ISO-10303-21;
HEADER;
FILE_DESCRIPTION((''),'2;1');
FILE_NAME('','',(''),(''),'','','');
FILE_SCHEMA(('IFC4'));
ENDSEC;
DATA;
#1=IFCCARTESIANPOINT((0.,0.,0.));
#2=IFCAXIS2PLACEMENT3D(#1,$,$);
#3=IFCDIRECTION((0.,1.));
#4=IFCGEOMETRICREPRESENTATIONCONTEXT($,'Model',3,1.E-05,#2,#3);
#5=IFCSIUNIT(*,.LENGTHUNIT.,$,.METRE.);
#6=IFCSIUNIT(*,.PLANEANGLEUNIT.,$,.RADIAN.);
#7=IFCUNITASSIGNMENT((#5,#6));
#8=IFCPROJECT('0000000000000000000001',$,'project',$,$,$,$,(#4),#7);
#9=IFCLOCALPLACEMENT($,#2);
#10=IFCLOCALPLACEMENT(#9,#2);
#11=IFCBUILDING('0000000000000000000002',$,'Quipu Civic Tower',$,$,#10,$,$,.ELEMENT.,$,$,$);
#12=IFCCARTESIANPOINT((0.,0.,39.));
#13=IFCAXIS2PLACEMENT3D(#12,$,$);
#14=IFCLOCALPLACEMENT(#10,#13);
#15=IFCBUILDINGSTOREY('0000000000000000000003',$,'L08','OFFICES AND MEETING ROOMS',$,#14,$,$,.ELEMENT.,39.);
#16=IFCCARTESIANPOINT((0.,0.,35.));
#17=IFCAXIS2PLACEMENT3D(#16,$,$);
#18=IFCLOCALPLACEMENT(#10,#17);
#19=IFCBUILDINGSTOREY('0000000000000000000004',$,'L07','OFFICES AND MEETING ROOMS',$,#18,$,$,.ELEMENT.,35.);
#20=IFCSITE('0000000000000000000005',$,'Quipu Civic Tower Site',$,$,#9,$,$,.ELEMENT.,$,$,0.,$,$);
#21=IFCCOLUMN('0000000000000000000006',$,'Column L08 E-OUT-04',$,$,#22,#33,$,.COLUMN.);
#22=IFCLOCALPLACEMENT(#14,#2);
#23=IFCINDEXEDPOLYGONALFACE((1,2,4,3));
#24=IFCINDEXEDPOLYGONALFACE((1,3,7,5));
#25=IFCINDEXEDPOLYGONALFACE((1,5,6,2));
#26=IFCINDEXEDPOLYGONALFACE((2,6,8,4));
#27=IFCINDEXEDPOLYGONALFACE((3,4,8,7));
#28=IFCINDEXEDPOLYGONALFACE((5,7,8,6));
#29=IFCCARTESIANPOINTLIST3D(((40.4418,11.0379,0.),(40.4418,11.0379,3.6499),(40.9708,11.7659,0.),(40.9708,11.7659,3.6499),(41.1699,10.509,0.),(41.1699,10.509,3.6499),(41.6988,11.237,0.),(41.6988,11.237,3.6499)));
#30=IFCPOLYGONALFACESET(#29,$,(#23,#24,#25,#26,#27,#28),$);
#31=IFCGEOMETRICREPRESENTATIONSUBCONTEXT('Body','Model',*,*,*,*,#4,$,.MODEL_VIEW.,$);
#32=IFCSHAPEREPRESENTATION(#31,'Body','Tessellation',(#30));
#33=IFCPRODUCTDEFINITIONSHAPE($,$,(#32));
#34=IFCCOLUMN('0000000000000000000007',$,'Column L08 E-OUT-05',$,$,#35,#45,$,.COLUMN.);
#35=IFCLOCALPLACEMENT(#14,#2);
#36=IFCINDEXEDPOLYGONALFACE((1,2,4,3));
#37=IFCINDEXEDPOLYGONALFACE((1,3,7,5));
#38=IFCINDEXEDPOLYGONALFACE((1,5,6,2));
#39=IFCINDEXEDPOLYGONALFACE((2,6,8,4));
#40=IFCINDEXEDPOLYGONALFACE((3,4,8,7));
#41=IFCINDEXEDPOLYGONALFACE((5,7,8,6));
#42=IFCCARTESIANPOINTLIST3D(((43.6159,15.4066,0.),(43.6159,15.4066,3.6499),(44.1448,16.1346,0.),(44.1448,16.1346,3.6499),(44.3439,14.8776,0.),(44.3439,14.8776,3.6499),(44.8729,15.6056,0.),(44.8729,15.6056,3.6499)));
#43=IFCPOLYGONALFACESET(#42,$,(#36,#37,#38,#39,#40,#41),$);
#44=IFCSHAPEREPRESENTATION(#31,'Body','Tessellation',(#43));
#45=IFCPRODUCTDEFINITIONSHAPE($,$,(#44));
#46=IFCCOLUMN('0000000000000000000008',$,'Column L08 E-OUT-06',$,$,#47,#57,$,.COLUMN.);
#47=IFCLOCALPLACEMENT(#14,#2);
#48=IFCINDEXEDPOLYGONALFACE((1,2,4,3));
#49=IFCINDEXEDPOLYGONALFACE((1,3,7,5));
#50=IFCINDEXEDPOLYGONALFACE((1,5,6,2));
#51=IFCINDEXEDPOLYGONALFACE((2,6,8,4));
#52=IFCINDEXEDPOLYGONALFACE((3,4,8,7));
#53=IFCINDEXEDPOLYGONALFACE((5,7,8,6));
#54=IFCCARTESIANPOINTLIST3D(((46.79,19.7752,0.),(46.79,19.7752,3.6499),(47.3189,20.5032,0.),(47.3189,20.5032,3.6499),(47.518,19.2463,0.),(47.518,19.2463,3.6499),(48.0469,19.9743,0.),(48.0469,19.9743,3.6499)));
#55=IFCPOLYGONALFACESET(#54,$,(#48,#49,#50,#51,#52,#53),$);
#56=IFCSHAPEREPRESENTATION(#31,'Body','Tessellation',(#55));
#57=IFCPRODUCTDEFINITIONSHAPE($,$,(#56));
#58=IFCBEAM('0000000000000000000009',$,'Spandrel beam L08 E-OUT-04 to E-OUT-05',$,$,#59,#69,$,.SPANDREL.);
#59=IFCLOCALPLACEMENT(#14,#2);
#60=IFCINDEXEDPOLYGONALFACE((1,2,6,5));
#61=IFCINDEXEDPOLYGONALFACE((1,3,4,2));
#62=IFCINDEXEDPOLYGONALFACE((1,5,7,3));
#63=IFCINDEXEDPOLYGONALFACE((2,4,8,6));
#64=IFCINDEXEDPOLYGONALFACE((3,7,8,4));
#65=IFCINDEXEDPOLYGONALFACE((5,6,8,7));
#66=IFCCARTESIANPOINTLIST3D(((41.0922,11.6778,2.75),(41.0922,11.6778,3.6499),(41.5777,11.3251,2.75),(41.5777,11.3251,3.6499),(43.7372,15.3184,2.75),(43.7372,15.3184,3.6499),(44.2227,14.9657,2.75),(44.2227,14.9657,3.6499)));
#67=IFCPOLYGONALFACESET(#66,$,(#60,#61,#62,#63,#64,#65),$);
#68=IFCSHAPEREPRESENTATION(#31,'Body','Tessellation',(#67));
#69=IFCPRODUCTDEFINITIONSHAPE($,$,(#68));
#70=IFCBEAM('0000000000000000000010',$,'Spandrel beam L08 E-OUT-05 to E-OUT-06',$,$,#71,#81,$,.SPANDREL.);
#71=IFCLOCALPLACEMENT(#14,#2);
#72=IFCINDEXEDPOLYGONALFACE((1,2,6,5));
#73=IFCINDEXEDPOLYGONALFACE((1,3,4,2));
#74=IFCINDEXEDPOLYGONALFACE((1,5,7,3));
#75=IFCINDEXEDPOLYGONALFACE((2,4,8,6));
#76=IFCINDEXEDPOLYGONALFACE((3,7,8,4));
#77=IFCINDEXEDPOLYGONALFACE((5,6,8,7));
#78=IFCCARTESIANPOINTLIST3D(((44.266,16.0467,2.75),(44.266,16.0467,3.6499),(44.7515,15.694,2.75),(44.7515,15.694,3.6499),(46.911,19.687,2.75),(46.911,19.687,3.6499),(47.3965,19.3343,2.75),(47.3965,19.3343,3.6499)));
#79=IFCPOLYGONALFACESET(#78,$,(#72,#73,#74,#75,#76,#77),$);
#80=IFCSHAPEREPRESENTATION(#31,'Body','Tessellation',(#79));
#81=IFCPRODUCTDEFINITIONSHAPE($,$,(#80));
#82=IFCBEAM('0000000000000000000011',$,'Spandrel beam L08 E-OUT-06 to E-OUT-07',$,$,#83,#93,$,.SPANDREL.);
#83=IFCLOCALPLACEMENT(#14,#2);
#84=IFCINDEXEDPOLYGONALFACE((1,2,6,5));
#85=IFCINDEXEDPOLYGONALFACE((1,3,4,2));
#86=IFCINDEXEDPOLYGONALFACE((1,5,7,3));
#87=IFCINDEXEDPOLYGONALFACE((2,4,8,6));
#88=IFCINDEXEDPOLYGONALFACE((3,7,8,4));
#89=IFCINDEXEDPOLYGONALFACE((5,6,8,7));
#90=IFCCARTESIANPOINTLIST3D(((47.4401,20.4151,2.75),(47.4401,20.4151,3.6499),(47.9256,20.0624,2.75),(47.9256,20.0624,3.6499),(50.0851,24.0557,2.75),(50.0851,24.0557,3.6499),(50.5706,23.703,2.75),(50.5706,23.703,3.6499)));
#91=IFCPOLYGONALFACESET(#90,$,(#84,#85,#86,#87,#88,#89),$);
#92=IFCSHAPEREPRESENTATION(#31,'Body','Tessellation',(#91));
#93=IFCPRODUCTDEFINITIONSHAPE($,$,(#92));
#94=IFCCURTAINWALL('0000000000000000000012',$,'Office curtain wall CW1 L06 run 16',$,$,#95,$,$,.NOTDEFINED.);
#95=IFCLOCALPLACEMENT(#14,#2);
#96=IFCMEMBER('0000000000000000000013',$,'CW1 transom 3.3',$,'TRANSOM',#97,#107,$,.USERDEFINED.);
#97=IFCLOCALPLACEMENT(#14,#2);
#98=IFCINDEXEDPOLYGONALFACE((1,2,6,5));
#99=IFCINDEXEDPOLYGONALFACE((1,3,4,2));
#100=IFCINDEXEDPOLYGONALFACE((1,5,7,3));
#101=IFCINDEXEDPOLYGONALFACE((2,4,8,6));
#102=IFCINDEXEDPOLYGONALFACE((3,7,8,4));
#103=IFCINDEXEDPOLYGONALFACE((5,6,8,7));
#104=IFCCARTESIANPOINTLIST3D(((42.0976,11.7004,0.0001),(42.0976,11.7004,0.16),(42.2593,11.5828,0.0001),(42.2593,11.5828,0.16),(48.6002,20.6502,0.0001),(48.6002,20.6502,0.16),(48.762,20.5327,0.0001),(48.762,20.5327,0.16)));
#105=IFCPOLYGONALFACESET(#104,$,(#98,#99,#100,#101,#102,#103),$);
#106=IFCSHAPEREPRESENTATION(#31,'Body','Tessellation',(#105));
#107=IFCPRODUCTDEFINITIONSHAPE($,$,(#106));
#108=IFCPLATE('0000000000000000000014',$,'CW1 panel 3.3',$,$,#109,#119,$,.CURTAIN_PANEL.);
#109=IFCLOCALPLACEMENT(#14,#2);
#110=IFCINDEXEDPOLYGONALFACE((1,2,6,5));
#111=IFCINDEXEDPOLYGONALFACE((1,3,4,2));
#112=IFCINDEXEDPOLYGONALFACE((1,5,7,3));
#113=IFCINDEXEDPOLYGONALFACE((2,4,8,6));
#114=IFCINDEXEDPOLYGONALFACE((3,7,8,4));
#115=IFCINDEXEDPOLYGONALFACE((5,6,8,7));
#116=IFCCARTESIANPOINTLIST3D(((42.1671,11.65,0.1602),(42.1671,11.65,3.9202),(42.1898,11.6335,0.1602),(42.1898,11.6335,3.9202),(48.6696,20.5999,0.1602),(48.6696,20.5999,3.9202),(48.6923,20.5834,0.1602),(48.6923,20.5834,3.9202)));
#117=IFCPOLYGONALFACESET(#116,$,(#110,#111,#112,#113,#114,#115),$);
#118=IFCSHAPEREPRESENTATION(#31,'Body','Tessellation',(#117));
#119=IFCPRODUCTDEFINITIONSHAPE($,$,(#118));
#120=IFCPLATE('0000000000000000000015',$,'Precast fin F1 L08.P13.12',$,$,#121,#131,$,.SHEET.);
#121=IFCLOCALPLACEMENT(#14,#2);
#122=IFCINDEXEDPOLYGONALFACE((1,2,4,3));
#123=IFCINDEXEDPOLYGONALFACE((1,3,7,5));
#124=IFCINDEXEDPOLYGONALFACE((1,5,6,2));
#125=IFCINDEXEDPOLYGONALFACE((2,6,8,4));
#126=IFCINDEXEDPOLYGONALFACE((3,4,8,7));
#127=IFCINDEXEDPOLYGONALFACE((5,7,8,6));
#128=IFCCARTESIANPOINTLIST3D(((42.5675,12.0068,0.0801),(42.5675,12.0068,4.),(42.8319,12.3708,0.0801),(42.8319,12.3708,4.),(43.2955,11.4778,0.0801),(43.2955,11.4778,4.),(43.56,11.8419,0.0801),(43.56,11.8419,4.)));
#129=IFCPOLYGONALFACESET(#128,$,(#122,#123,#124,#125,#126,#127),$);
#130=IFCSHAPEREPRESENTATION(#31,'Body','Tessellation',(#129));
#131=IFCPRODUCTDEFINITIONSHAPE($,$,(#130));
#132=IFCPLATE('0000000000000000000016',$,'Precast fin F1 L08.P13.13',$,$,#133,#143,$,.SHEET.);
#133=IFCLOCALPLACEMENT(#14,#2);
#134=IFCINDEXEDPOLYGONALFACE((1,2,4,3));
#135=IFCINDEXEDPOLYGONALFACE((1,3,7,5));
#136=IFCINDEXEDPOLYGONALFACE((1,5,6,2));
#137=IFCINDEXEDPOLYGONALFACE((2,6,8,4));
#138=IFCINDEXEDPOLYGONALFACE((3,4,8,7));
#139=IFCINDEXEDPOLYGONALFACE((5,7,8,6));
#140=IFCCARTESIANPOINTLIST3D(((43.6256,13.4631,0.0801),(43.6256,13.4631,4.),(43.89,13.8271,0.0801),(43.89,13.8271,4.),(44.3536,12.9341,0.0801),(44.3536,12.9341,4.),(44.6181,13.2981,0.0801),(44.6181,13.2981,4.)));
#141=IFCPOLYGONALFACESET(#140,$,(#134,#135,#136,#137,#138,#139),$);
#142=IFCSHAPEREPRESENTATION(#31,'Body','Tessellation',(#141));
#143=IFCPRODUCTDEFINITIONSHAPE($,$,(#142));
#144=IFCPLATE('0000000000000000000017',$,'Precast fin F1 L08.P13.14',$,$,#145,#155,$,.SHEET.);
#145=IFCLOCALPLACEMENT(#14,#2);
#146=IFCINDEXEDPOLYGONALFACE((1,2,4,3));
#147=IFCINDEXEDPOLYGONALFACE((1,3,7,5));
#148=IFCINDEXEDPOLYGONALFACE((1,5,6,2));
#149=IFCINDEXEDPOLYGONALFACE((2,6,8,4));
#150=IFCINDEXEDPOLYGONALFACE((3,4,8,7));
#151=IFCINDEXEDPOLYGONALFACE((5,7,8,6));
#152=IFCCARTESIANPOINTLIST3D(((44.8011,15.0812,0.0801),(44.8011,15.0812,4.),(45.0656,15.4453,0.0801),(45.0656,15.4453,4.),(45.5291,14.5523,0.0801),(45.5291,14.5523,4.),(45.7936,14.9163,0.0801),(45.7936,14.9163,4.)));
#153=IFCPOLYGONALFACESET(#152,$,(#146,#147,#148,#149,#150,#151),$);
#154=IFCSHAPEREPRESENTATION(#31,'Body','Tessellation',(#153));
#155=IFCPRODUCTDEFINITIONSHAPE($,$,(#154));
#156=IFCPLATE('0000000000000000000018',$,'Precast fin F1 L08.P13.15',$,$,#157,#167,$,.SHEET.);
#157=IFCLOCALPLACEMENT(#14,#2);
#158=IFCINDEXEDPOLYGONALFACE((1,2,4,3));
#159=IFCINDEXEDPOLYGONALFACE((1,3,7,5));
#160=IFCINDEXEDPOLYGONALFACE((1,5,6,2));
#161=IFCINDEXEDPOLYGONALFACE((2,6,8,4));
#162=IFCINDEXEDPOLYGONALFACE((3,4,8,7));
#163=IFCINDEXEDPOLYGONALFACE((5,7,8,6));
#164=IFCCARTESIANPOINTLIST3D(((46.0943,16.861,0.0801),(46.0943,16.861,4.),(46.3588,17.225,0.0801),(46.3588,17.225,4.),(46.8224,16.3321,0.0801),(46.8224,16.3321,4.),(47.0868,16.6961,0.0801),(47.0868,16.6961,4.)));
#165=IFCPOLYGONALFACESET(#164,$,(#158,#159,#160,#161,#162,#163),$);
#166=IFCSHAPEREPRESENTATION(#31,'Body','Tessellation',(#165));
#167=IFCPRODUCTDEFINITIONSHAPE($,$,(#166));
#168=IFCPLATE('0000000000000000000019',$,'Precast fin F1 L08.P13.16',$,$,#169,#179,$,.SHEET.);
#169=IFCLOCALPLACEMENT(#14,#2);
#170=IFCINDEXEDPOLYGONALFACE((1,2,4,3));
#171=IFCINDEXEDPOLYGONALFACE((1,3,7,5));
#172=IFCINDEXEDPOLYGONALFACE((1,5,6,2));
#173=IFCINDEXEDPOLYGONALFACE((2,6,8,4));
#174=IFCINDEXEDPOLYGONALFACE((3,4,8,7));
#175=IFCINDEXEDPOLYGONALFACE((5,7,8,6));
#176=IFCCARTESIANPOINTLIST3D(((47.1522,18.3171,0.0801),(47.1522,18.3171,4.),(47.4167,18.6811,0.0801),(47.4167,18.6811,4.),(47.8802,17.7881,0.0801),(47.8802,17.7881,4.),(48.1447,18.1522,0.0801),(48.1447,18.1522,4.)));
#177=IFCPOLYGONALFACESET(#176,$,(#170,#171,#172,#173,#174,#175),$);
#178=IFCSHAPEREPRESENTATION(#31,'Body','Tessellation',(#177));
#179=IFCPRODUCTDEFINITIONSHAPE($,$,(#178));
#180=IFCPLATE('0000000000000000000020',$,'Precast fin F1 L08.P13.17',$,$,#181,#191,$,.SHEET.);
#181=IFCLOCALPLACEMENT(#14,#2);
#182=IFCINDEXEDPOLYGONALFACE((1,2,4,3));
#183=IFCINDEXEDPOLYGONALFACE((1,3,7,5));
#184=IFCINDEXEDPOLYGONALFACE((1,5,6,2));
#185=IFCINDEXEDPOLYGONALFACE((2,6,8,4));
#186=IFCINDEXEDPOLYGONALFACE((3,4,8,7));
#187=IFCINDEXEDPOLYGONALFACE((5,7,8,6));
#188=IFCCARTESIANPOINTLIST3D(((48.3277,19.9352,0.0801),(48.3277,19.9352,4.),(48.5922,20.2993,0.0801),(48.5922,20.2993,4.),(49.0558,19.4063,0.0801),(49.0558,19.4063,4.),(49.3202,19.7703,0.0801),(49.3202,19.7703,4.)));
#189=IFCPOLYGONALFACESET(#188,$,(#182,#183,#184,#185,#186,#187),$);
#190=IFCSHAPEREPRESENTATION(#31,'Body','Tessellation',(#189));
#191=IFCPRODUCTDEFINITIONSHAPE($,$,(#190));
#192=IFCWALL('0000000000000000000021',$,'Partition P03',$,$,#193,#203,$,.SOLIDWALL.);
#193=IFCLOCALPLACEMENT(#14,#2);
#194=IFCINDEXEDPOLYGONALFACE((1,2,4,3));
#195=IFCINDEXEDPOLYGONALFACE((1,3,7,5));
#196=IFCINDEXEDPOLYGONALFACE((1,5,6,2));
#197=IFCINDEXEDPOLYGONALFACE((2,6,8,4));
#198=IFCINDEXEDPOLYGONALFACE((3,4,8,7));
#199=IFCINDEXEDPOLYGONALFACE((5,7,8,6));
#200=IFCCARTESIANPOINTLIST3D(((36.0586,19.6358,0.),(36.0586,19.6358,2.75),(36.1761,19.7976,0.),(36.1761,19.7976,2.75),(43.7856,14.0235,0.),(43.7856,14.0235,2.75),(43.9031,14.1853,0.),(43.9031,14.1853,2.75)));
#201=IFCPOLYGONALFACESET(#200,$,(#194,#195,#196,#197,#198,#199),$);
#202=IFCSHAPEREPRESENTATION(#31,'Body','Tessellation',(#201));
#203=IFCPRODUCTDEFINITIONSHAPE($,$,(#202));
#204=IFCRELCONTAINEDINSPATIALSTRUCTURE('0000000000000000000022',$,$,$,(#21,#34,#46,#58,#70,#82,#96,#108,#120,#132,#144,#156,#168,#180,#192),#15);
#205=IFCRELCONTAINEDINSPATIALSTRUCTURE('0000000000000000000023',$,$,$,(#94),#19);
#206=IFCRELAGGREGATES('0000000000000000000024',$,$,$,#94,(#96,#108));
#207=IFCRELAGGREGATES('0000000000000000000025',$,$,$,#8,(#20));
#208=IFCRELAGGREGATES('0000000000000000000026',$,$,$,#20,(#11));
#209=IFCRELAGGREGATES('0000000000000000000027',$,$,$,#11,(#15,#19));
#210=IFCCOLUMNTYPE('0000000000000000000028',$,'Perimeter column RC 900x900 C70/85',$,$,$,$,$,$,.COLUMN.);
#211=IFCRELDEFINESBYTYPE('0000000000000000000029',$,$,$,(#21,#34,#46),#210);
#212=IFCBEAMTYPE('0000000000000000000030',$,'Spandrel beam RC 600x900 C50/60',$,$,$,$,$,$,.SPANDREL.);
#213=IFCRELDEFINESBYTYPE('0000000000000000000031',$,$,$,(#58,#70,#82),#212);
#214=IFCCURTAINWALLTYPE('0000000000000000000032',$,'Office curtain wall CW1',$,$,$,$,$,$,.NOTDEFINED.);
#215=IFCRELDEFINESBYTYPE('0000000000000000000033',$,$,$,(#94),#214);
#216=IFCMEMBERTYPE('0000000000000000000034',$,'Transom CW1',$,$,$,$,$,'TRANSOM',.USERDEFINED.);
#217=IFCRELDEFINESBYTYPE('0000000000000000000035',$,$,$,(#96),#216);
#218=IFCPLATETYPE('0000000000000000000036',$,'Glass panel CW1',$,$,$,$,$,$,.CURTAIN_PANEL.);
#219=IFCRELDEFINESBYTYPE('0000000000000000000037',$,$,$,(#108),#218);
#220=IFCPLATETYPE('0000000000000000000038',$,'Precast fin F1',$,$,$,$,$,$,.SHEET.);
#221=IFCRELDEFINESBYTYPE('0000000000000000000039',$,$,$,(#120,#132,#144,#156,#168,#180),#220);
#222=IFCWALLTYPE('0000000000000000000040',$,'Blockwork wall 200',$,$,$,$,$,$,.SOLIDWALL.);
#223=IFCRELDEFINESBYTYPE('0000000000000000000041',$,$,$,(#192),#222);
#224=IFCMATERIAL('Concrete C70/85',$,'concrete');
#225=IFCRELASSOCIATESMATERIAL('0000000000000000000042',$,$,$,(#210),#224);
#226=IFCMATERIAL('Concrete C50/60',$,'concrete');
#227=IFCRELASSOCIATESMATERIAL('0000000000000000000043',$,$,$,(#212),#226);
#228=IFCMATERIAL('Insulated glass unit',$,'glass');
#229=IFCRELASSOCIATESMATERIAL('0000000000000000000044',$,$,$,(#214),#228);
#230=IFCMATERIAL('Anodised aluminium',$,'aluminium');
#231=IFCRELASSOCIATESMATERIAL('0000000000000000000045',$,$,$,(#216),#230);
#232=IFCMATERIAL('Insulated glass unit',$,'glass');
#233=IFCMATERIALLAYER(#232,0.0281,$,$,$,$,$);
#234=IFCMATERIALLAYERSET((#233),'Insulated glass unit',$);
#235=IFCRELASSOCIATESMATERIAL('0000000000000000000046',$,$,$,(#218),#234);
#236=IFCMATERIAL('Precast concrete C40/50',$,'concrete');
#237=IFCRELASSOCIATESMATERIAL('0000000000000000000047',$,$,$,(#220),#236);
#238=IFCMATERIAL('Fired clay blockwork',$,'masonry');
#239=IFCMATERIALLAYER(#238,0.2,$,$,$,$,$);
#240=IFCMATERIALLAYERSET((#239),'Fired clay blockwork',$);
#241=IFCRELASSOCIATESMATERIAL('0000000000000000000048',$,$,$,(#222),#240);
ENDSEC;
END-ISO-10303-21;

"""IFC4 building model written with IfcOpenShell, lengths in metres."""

from ifc_helpers import new_model, si_unit, direction, frame, frame_2d, origin, origin_2d, place, context, subcontext, project, spatial, rectangle, extrude, material, layer, layer_set, material_profile, profile_set, type_object, element, aggregate, save


model = new_model("IFC4")

# Units and contexts
model_context = context("Model", 3, precision=1e-05, world=origin(), true_north=direction((0.0, 1.0)))
body_context = subcontext(model_context, "Body", "Model", "MODEL_VIEW")
ifc_project = project(units=[si_unit("LENGTHUNIT", "METRE"), si_unit("PLANEANGLEUNIT", "RADIAN")], contexts=[model_context])

# Site, building, storey
site_placement = place(None, origin())
site = spatial("IfcSite", under=ifc_project, at=site_placement, Name="Quipu Civic Tower Site", CompositionType="ELEMENT", RefElevation=0.0)
building_placement = place(site_placement, origin())
building = spatial("IfcBuilding", under=site, at=building_placement, Name="Quipu Civic Tower", CompositionType="ELEMENT")
storey_1_placement = place(building_placement, frame((0.0, 0.0, 39.0)))
storey_1 = spatial("IfcBuildingStorey", under=building, at=storey_1_placement, Name="L08", Description="OFFICES AND MEETING ROOMS", CompositionType="ELEMENT", Elevation=39.0)

# Columns
ifc_material_1 = material(Name="Concrete C70/85", Category="concrete")
ifc_material_profile_1 = material_profile(ifc_material_1, rectangle(XDim=0.8999, YDim=0.8999, at=origin_2d()), Name="RC900x900")
ifc_profile_set_1 = profile_set([ifc_material_profile_1], Name="Concrete C70/85")
column_type = type_object("IfcColumnType", Name="Perimeter column RC 900x900 C70/85", PredefinedType="COLUMN", material=ifc_profile_set_1)
for number, where, z_axis, x_axis, name in (
    (1, (41.0703, 11.1375, 0.0), (0.0, 0.0, 1.0), (0.587785, 0.809017, 0.0), "Column L08 E-OUT-04"),
    (2, (44.2444, 15.5061, 0.0), (0.0, 0.0, 1.0), (0.587785, 0.809017, 0.0), "Column L08 E-OUT-05"),
    (3, (47.4185, 19.8748, 0.0), (0.0, 0.0, 1.0), (0.587785, 0.809017, 0.0), "Column L08 E-OUT-06"),
):
    element("IfcColumn", number, at=place(storey_1_placement, frame(where, z_axis=z_axis, x_axis=x_axis)), inside=storey_1, type_object=column_type, Name=name, PredefinedType="COLUMN", context=body_context, shape_type="SweptSolid", body=[
        extrude(rectangle(XDim=0.8999, YDim=0.8999, at=origin_2d()), origin(), (0.0, 0.0, 1.0), 3.6499),
    ])

# Beams
ifc_material_2 = material(Name="Concrete C50/60", Category="concrete")
ifc_material_profile_2 = material_profile(ifc_material_2, rectangle(XDim=0.6001, YDim=0.8999, at=origin_2d()), Name="RC600x900")
ifc_profile_set_2 = profile_set([ifc_material_profile_2], Name="Concrete C50/60")
beam_type = type_object("IfcBeamType", Name="Spandrel beam RC 600x900 C50/60", PredefinedType="SPANDREL", material=ifc_profile_set_2)
beam_1_placement = place(storey_1_placement, frame((41.335, 11.5015, 3.2), z_axis=(0.587778, 0.809022, 0.0), x_axis=(-0.809022, 0.587778, 0.0)))
element("IfcBeam", 4, at=beam_1_placement, inside=storey_1, type_object=beam_type, Name="Spandrel beam L08 E-OUT-04 to E-OUT-05", PredefinedType="SPANDREL", context=body_context, shape_type="SweptSolid", body=[
    extrude(rectangle(XDim=0.6001, YDim=0.8999, at=origin_2d()), origin(), (0.0, 0.0, 1.0), 4.5),
])
beam_2_placement = place(storey_1_placement, frame((44.5088, 15.8704, 3.2), z_axis=(0.587804, 0.809003, 0.0), x_axis=(-0.809003, 0.587804, 0.0)))
element("IfcBeam", 5, at=beam_2_placement, inside=storey_1, type_object=beam_type, Name="Spandrel beam L08 E-OUT-05 to E-OUT-06", PredefinedType="SPANDREL", context=body_context, shape_type="SweptSolid", body=[
    extrude(rectangle(XDim=0.6001, YDim=0.8999, at=origin_2d()), origin(), (0.0, 0.0, 1.0), 4.4998),
])
beam_3_placement = place(storey_1_placement, frame((47.6829, 20.2388, 3.2), z_axis=(0.587778, 0.809022, 0.0), x_axis=(-0.809022, 0.587778, 0.0)))
element("IfcBeam", 6, at=beam_3_placement, inside=storey_1, type_object=beam_type, Name="Spandrel beam L08 E-OUT-06 to E-OUT-07", PredefinedType="SPANDREL", context=body_context, shape_type="SweptSolid", body=[
    extrude(rectangle(XDim=0.6001, YDim=0.8999, at=origin_2d()), origin(), (0.0, 0.0, 1.0), 4.5),
])

# Shared definitions
storey_2_placement = place(building_placement, frame((0.0, 0.0, 35.0)))
storey_2 = spatial("IfcBuildingStorey", under=building, at=storey_2_placement, Name="L07", Description="OFFICES AND MEETING ROOMS", CompositionType="ELEMENT", Elevation=35.0)

# Curtain wall, member, plate
ifc_material_3 = material(Name="Insulated glass unit", Category="glass")
curtain_wall_type = type_object("IfcCurtainWallType", Name="Office curtain wall CW1", PredefinedType="NOTDEFINED", material=ifc_material_3)
curtain_wall_placement = place(storey_2_placement, origin())
curtain_wall = element("IfcCurtainWall", 7, at=curtain_wall_placement, inside=storey_2, type_object=curtain_wall_type, Name="Office curtain wall CW1 L06 run 16", PredefinedType="NOTDEFINED")
ifc_material_4 = material(Name="Anodised aluminium", Category="aluminium")
ifc_material_profile_3 = material_profile(ifc_material_4, rectangle(XDim=0.2, YDim=0.1599, at=origin_2d()), Name="RECT 200x160")
ifc_profile_set_3 = profile_set([ifc_material_profile_3], Name="Anodised aluminium")
member_type = type_object("IfcMemberType", Name="Transom CW1", ElementType="TRANSOM", PredefinedType="USERDEFINED", material=ifc_profile_set_3)
member_placement = place(storey_1_placement, frame((42.1785, 11.6416, 0.0801), z_axis=(0.587795, 0.80901, 0.0), x_axis=(-0.80901, 0.587795, 0.0)))
member = element("IfcMember", 8, at=member_placement, inside=storey_1, type_object=member_type, Name="CW1 transom 3.3", ObjectType="TRANSOM", PredefinedType="USERDEFINED", context=body_context, shape_type="SweptSolid", body=[
    extrude(rectangle(XDim=0.2, YDim=0.1599, at=origin_2d()), origin(), (0.0, 0.0, 1.0), 11.0627),
])
ifc_material_5 = material(Name="Insulated glass unit", Category="glass")
ifc_layer_1 = layer(ifc_material_5, 0.0281)
ifc_layer_set_1 = layer_set([ifc_layer_1], Name="Insulated glass unit")
plate_type_1 = type_object("IfcPlateType", Name="Glass panel CW1", PredefinedType="CURTAIN_PANEL", material=ifc_layer_set_1)
plate_placement = place(storey_1_placement, frame((45.4297, 16.1167, 0.1602), z_axis=(0.0, 0.0, 1.0), x_axis=(0.587786, 0.809017, 0.0)))
plate = element("IfcPlate", 9, at=plate_placement, inside=storey_1, type_object=plate_type_1, Name="CW1 panel 3.3", PredefinedType="CURTAIN_PANEL", context=body_context, shape_type="SweptSolid", body=[
    extrude(rectangle(XDim=11.0627, YDim=0.0281, at=origin_2d()), origin(), (0.0, 0.0, 1.0), 3.76),
])
aggregate(curtain_wall, [member, plate])

# Plates
ifc_material_6 = material(Name="Precast concrete C40/50", Category="concrete")
plate_type_2 = type_object("IfcPlateType", Name="Precast fin F1", PredefinedType="SHEET", material=ifc_material_6)
for number, where, z_axis, x_axis, name in (
    (10, (43.0637, 11.9243, 0.0801), (0.0, 0.0, 1.0), (0.587786, 0.809017, 0.0), "Precast fin F1 L08.P13.12"),
    (11, (44.1218, 13.3806, 0.0801), (0.0, 0.0, 1.0), (0.587786, 0.809017, 0.0), "Precast fin F1 L08.P13.13"),
    (12, (45.2974, 14.9988, 0.0801), (0.0, 0.0, 1.0), (0.587786, 0.809017, 0.0), "Precast fin F1 L08.P13.14"),
    (13, (46.5906, 16.7786, 0.0801), (0.0, 0.0, 1.0), (0.587786, 0.809017, 0.0), "Precast fin F1 L08.P13.15"),
    (14, (47.6484, 18.2346, 0.0801), (0.0, 0.0, 1.0), (0.587786, 0.809017, 0.0), "Precast fin F1 L08.P13.16"),
    (15, (48.824, 19.8528, 0.0801), (0.0, 0.0, 1.0), (0.587786, 0.809017, 0.0), "Precast fin F1 L08.P13.17"),
):
    element("IfcPlate", number, at=place(storey_1_placement, frame(where, z_axis=z_axis, x_axis=x_axis)), inside=storey_1, type_object=plate_type_2, Name=name, PredefinedType="SHEET", context=body_context, shape_type="SweptSolid", body=[
        extrude(rectangle(XDim=0.45, YDim=0.8999, at=origin_2d()), origin(), (0.0, 0.0, 1.0), 3.9199),
    ])

# Wall
ifc_material_7 = material(Name="Fired clay blockwork", Category="masonry")
ifc_layer_2 = layer(ifc_material_7, 0.2)
ifc_layer_set_2 = layer_set([ifc_layer_2], Name="Fired clay blockwork")
wall_type = type_object("IfcWallType", Name="Blockwork wall 200", PredefinedType="SOLIDWALL", material=ifc_layer_set_2)
wall_placement = place(storey_1_placement, frame((43.8442, 14.1045, 0.0), z_axis=(0.0, 0.0, 1.0), x_axis=(-0.809103, 0.587667, 0.0)))
element("IfcWall", 16, at=wall_placement, inside=storey_1, type_object=wall_type, Name="Partition P03", PredefinedType="SOLIDWALL", context=body_context, shape_type="SweptSolid", body=[
    extrude(rectangle(XDim=9.55, YDim=0.2, at=frame_2d((4.7749, 0.0))), origin(), (0.0, 0.0, 1.0), 2.75),
])

save(model, "model.ifc")
